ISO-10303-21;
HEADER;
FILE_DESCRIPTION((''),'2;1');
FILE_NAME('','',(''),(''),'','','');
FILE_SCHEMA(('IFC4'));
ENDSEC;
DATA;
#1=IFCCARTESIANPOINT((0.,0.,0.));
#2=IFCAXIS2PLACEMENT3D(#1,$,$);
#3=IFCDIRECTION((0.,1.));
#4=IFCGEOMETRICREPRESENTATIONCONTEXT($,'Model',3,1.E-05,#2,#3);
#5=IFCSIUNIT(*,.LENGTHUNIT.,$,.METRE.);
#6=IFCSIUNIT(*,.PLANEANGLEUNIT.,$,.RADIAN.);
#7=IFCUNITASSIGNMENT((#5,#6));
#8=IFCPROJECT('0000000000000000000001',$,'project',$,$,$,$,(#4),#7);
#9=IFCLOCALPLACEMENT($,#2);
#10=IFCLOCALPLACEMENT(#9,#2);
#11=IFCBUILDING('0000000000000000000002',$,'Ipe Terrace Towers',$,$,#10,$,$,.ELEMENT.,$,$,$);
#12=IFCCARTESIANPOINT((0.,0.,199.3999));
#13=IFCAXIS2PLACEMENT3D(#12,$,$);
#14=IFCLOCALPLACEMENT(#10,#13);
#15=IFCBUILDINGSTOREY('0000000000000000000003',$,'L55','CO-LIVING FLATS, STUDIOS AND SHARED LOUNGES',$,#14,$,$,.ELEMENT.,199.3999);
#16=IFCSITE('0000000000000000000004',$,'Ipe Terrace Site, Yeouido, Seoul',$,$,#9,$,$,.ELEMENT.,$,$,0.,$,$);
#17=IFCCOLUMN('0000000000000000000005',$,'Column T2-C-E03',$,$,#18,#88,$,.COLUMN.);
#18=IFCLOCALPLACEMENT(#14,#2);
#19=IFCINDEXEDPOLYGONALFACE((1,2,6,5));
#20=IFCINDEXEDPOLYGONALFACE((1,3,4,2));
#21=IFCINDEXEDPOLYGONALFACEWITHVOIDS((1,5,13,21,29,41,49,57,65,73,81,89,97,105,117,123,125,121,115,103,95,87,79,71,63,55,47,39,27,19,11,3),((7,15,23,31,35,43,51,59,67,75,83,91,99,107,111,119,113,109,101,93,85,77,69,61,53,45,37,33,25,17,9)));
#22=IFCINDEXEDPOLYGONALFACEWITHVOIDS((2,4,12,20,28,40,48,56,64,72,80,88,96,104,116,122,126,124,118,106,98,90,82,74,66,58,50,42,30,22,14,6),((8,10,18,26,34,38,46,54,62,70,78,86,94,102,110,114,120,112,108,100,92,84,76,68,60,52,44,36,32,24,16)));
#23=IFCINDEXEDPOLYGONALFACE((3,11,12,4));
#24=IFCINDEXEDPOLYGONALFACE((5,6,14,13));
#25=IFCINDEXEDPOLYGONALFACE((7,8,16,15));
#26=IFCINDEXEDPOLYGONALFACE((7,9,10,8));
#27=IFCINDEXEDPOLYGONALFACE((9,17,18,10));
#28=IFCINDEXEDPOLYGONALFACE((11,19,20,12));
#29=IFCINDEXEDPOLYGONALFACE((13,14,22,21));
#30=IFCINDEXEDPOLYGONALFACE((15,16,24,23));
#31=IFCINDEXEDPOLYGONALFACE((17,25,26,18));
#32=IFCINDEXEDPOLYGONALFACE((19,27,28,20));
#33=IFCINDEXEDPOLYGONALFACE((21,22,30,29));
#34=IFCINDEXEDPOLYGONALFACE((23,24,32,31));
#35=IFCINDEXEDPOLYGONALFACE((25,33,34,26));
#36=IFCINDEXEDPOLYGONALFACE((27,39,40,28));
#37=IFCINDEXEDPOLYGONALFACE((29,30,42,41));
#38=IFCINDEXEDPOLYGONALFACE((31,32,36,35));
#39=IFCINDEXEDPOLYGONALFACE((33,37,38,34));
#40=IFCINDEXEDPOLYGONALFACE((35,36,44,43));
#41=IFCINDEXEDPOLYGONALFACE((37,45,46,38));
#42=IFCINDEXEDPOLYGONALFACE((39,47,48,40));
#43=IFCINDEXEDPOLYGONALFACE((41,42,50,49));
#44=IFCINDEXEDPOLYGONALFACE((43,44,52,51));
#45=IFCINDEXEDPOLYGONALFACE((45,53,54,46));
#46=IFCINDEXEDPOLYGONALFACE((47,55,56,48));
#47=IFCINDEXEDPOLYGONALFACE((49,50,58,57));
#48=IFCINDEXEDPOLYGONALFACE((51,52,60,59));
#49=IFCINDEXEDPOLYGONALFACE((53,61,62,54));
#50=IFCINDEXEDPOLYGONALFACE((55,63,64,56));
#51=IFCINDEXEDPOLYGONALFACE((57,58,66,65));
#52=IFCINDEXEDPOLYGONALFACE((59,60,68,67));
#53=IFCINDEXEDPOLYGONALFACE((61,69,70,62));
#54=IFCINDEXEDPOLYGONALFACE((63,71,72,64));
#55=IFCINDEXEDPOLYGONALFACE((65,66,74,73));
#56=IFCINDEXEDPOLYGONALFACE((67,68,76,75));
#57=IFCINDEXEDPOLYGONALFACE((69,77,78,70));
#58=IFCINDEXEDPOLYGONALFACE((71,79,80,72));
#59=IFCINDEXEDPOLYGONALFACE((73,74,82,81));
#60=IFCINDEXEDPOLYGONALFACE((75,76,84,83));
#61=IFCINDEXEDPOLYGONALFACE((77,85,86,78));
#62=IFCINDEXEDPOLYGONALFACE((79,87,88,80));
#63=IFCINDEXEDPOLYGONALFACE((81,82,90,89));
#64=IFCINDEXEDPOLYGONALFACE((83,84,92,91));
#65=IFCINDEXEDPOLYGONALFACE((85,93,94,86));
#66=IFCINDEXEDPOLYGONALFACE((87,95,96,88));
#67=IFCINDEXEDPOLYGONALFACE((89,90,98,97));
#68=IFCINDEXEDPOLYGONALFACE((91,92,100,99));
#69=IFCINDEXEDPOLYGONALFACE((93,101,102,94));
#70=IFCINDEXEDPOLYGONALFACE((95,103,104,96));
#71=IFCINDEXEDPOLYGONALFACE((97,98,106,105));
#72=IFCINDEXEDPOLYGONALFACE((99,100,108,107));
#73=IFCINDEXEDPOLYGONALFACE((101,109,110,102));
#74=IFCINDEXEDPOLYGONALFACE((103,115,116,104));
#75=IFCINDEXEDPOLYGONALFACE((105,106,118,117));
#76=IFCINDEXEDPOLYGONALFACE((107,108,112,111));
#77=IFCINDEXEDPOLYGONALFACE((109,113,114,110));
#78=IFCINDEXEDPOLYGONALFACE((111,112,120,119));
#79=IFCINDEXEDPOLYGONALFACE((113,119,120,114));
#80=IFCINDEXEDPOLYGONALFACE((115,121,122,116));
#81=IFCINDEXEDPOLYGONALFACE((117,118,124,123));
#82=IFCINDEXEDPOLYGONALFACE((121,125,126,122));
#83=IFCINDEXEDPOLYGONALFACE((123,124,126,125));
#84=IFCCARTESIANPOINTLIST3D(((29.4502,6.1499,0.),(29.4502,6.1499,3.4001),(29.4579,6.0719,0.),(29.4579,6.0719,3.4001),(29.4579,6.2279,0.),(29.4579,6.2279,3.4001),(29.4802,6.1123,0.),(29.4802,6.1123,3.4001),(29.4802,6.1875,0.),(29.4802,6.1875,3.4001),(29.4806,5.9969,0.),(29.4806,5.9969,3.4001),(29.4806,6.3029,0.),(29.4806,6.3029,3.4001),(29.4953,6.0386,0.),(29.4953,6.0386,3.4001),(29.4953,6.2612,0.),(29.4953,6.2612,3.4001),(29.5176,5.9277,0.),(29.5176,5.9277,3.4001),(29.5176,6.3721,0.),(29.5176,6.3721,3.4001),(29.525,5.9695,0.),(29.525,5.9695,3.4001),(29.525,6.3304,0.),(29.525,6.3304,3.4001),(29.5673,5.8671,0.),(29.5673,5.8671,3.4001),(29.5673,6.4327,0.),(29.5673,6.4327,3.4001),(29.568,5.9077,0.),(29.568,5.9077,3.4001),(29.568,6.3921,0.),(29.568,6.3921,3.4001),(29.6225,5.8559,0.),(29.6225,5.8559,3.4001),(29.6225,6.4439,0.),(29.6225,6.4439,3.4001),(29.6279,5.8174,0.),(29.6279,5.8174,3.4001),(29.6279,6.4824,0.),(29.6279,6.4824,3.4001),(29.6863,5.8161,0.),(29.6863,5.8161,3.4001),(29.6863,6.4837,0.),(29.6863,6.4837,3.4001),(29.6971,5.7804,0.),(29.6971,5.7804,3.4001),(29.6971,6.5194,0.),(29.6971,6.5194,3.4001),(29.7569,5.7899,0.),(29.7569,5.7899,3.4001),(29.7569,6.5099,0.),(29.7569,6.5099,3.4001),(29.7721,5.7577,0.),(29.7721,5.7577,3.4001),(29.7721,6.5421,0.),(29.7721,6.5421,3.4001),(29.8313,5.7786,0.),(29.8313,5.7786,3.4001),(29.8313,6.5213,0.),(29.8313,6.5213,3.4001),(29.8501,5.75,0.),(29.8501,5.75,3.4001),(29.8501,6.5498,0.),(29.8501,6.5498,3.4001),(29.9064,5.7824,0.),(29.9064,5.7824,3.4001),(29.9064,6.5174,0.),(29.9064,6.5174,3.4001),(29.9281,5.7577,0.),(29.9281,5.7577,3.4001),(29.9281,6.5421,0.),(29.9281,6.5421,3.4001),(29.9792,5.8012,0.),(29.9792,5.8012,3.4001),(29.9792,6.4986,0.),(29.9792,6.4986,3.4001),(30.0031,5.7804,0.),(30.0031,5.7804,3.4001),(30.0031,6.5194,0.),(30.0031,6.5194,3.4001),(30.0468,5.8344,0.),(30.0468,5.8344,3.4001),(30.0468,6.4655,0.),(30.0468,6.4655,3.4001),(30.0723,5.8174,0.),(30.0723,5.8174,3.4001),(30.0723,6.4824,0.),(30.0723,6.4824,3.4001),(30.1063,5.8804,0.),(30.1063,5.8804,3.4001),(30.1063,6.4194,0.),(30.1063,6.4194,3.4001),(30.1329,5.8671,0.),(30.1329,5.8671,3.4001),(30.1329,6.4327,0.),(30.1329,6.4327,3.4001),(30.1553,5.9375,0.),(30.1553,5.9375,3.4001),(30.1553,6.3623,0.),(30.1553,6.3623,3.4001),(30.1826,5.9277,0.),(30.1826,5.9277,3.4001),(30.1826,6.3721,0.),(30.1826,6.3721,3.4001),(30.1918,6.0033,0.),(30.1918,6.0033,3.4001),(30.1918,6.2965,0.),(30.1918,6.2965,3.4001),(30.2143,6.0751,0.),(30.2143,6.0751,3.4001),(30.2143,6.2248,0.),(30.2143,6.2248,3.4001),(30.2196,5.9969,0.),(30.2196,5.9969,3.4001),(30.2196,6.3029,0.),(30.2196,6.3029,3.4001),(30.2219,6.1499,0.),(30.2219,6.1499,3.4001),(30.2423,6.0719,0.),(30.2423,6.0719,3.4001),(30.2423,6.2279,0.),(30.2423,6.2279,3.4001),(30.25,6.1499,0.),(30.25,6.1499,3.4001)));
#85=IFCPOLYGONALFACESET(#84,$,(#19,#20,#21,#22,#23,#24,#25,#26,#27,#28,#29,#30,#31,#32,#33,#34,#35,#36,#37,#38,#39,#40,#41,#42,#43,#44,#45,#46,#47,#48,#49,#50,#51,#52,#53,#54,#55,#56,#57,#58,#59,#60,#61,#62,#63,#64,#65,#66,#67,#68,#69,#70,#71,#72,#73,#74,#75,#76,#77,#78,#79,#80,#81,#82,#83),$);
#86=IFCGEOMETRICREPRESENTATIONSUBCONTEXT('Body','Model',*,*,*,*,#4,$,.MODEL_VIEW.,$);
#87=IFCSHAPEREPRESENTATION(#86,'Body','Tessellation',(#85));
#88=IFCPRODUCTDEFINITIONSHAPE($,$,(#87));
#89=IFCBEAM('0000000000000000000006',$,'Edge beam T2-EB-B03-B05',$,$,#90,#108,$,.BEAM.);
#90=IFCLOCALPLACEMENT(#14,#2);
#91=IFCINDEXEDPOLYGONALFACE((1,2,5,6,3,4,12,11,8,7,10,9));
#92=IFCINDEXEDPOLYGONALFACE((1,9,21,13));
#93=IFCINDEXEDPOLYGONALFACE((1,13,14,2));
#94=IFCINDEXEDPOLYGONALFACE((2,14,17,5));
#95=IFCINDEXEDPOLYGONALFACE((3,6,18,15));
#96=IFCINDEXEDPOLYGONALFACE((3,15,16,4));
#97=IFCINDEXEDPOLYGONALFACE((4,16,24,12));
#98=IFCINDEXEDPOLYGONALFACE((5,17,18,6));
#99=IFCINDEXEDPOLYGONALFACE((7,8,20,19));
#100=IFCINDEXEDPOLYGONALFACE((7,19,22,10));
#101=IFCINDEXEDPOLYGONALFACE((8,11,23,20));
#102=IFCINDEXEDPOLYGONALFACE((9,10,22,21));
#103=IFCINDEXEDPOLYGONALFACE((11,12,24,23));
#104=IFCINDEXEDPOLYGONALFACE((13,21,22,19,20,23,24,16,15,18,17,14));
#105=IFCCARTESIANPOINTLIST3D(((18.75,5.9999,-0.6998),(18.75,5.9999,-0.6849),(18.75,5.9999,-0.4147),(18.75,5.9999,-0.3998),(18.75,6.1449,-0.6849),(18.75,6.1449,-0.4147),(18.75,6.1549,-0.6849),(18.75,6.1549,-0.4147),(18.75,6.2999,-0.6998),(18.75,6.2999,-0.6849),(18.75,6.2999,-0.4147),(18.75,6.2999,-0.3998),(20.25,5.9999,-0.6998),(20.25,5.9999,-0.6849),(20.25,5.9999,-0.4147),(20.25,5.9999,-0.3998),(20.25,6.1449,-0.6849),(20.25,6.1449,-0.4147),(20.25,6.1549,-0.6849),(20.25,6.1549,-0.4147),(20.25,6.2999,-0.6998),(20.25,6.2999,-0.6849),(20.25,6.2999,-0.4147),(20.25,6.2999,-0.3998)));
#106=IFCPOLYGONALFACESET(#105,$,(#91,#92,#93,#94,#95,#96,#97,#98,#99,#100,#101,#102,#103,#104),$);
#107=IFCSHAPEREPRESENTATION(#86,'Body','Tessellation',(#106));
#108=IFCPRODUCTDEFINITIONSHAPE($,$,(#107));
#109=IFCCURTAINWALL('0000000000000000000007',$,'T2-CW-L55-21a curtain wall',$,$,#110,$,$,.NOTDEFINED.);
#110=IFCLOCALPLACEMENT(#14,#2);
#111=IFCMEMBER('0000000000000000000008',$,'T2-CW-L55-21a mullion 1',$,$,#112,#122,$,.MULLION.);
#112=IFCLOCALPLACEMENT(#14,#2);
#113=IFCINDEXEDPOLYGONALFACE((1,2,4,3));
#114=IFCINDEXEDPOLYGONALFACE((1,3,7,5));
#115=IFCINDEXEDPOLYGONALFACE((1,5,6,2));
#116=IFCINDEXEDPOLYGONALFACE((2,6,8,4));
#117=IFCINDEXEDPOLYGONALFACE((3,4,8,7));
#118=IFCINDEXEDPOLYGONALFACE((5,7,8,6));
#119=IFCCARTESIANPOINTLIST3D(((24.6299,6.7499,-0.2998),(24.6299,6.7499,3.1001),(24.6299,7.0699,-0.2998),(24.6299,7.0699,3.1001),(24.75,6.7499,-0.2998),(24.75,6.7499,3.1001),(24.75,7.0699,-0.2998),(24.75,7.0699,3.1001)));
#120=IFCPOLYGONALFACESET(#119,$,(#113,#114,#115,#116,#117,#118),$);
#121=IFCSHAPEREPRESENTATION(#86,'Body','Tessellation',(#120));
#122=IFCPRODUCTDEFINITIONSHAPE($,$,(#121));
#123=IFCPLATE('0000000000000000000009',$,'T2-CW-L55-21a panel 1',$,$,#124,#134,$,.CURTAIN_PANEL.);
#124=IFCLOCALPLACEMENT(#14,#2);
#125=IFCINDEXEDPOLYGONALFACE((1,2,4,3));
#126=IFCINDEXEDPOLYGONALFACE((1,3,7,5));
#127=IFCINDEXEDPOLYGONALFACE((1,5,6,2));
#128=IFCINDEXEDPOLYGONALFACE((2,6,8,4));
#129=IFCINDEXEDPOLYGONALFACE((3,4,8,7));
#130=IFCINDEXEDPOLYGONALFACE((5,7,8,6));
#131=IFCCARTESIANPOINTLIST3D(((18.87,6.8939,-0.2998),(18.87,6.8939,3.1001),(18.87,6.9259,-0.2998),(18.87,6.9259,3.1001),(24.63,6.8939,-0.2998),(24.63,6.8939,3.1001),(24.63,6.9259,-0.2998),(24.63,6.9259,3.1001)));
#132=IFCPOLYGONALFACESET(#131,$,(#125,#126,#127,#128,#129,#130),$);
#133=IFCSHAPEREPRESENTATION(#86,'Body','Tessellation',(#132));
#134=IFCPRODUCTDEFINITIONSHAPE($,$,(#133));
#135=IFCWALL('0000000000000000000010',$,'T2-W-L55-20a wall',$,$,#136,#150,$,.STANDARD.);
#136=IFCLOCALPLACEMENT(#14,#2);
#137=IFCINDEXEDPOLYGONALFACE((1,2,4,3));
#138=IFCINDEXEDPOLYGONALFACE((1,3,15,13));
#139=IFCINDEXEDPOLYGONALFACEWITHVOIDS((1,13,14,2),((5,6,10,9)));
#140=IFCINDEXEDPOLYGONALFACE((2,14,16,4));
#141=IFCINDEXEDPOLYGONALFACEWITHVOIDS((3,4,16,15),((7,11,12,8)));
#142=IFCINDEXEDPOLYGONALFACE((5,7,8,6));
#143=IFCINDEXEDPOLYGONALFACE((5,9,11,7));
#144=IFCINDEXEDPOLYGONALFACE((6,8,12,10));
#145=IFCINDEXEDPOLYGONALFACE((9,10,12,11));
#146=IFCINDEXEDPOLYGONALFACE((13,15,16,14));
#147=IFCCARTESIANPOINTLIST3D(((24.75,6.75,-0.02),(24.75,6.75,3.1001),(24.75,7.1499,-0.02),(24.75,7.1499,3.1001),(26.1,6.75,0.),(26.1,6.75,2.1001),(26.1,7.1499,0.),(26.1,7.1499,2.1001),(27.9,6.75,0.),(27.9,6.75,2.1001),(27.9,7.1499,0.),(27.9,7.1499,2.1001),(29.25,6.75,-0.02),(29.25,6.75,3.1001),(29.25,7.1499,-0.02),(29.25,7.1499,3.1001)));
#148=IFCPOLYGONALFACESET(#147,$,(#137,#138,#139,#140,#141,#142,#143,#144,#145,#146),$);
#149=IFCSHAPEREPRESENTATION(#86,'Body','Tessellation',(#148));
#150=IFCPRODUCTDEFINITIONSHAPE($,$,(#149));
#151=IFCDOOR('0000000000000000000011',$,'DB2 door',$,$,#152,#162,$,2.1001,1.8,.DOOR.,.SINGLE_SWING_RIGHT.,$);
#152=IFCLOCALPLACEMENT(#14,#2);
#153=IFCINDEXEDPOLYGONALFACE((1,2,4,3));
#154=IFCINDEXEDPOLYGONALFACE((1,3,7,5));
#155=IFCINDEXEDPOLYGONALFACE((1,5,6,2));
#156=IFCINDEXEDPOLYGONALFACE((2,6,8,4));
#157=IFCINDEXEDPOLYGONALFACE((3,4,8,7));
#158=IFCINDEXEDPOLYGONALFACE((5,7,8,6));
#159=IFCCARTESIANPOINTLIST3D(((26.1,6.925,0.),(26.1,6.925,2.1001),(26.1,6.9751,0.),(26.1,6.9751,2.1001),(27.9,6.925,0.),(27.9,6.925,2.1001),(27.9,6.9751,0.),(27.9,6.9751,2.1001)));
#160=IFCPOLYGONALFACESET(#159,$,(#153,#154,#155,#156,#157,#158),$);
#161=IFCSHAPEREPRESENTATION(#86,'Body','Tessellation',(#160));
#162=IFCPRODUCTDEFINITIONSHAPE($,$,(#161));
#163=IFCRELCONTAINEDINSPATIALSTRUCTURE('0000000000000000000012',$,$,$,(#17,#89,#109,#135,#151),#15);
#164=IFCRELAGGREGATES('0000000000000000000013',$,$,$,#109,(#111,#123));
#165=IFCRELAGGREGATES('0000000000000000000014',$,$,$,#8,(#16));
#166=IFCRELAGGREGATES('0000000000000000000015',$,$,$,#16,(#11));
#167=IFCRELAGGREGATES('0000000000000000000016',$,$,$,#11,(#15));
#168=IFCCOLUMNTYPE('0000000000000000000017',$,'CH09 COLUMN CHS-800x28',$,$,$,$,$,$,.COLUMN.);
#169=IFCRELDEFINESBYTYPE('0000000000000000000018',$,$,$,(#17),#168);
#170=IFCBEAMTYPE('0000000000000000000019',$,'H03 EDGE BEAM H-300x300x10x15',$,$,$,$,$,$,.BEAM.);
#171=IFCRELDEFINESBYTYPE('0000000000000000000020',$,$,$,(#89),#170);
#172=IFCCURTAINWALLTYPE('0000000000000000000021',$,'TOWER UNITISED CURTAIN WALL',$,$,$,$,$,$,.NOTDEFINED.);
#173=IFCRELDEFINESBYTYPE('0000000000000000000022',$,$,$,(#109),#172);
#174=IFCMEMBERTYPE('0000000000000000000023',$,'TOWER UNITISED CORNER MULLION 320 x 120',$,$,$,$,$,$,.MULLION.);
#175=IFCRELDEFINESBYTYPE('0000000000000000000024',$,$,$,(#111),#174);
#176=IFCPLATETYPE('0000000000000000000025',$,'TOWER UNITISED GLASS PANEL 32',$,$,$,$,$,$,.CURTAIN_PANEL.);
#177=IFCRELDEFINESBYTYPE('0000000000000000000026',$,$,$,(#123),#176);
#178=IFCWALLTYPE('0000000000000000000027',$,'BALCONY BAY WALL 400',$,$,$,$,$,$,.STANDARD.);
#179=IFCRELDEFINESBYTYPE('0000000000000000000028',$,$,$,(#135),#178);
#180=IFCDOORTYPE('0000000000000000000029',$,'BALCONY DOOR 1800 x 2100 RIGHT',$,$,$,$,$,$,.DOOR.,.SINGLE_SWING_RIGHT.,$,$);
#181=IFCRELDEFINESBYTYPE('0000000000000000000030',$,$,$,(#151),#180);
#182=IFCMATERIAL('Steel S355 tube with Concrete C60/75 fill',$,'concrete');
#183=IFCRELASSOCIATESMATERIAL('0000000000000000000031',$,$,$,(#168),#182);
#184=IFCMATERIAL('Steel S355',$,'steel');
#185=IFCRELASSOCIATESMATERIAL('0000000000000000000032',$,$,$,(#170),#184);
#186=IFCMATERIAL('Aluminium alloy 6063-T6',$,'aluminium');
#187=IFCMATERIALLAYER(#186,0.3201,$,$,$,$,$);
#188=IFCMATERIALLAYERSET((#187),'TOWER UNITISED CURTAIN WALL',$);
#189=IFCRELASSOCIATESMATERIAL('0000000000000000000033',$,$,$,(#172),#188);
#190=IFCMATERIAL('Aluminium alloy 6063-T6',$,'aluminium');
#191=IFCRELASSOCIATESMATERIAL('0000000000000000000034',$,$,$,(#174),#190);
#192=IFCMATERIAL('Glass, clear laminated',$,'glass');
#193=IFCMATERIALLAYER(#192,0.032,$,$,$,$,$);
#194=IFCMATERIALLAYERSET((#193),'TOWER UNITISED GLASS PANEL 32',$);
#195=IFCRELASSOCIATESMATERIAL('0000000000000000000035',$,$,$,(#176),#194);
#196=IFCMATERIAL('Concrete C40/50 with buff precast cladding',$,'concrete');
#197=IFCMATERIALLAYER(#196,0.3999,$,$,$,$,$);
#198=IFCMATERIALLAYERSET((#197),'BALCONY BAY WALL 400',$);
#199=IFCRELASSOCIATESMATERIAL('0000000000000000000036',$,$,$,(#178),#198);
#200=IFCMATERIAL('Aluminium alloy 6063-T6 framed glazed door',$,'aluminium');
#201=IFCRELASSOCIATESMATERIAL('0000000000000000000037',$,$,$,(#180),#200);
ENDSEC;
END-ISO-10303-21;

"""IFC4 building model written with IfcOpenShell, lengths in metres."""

from ifc_helpers import new_model, si_unit, direction, frame, frame_2d, origin, origin_2d, place, context, subcontext, project, spatial, rectangle, hollow_circle, i_section, extrude, material, layer, layer_set, material_profile, profile_set, type_object, element, fill, aggregate, save


model = new_model("IFC4")

# Units and contexts
model_context = context("Model", 3, precision=1e-05, world=origin(), true_north=direction((0.0, 1.0)))
body_context = subcontext(model_context, "Body", "Model", "MODEL_VIEW")
ifc_project = project(units=[si_unit("LENGTHUNIT", "METRE"), si_unit("PLANEANGLEUNIT", "RADIAN")], contexts=[model_context])

# Site, building, storey
site_placement = place(None, origin())
site = spatial("IfcSite", under=ifc_project, at=site_placement, Name="Ipe Terrace Site, Yeouido, Seoul", CompositionType="ELEMENT", RefElevation=0.0)
building_placement = place(site_placement, origin())
building = spatial("IfcBuilding", under=site, at=building_placement, Name="Ipe Terrace Towers", CompositionType="ELEMENT")
storey_placement = place(building_placement, frame((0.0, 0.0, 199.3999)))
storey = spatial("IfcBuildingStorey", under=building, at=storey_placement, Name="L55", Description="CO-LIVING FLATS, STUDIOS AND SHARED LOUNGES", CompositionType="ELEMENT", Elevation=199.3999)

# Column
ifc_material_1 = material(Name="Steel S355 tube with Concrete C60/75 fill", Category="concrete")
ifc_material_profile_1 = material_profile(ifc_material_1, hollow_circle(Radius=0.3999, WallThickness=0.0281, at=origin_2d()), Name="CHS-800x28")
ifc_profile_set_1 = profile_set([ifc_material_profile_1], Name="Steel S355 tube with Concrete C60/75 fill")
column_type = type_object("IfcColumnType", Name="CH09 COLUMN CHS-800x28", PredefinedType="COLUMN", material=ifc_profile_set_1)
column_placement = place(storey_placement, frame((29.8501, 6.1499, 0.0), z_axis=(0.0, 0.0, 1.0), x_axis=(1.0, 0.0, 0.0)))
element("IfcColumn", 1, at=column_placement, inside=storey, type_object=column_type, Name="Column T2-C-E03", PredefinedType="COLUMN", context=body_context, shape_type="SweptSolid", body=[
    extrude(hollow_circle(Radius=0.3999, WallThickness=0.0281, at=origin_2d()), origin(), (0.0, 0.0, 1.0), 3.4001),
])

# Beam
ifc_material_2 = material(Name="Steel S355", Category="steel")
ifc_material_profile_2 = material_profile(ifc_material_2, i_section(OverallWidth=0.3, OverallDepth=0.3, WebThickness=0.01, FlangeThickness=0.0149, at=origin_2d()), Name="H-300x300x10x15")
ifc_profile_set_2 = profile_set([ifc_material_profile_2], Name="Steel S355")
beam_type = type_object("IfcBeamType", Name="H03 EDGE BEAM H-300x300x10x15", PredefinedType="BEAM", material=ifc_profile_set_2)
beam_placement = place(storey_placement, frame((20.25, 6.1499, -0.5498), z_axis=(-1.0, 0.0, 0.0), x_axis=(0.0, -1.0, 0.0)))
element("IfcBeam", 2, at=beam_placement, inside=storey, type_object=beam_type, Name="Edge beam T2-EB-B03-B05", PredefinedType="BEAM", context=body_context, shape_type="SweptSolid", body=[
    extrude(i_section(OverallWidth=0.3, OverallDepth=0.3, WebThickness=0.01, FlangeThickness=0.0149, at=origin_2d()), origin(), (0.0, 0.0, 1.0), 1.5),
])

# Curtain wall, member, plate
ifc_material_3 = material(Name="Aluminium alloy 6063-T6", Category="aluminium")
ifc_layer_1 = layer(ifc_material_3, 0.3201)
ifc_layer_set_1 = layer_set([ifc_layer_1], Name="TOWER UNITISED CURTAIN WALL")
curtain_wall_type = type_object("IfcCurtainWallType", Name="TOWER UNITISED CURTAIN WALL", PredefinedType="NOTDEFINED", material=ifc_layer_set_1)
curtain_wall_placement = place(storey_placement, origin())
curtain_wall = element("IfcCurtainWall", 3, at=curtain_wall_placement, inside=storey, type_object=curtain_wall_type, Name="T2-CW-L55-21a curtain wall", PredefinedType="NOTDEFINED")
ifc_material_4 = material(Name="Aluminium alloy 6063-T6", Category="aluminium")
ifc_material_profile_3 = material_profile(ifc_material_4, rectangle(XDim=0.3201, YDim=0.1201, at=origin_2d()), Name="TOWER UNITISED CORNER MULLION 320 x 120")
ifc_profile_set_3 = profile_set([ifc_material_profile_3], Name="Aluminium alloy 6063-T6")
member_type = type_object("IfcMemberType", Name="TOWER UNITISED CORNER MULLION 320 x 120", PredefinedType="MULLION", material=ifc_profile_set_3)
member_placement = place(storey_placement, frame((24.6899, 6.9099, -0.2998), z_axis=(0.0, 0.0, 1.0), x_axis=(0.0, 1.0, 0.0)))
member = element("IfcMember", 4, at=member_placement, type_object=member_type, Name="T2-CW-L55-21a mullion 1", PredefinedType="MULLION", context=body_context, shape_type="SweptSolid", body=[
    extrude(rectangle(XDim=0.3201, YDim=0.1201, at=origin_2d()), origin(), (0.0, 0.0, 1.0), 3.3999),
])
ifc_material_5 = material(Name="Glass, clear laminated", Category="glass")
ifc_layer_2 = layer(ifc_material_5, 0.032)
ifc_layer_set_2 = layer_set([ifc_layer_2], Name="TOWER UNITISED GLASS PANEL 32")
plate_type = type_object("IfcPlateType", Name="TOWER UNITISED GLASS PANEL 32", PredefinedType="CURTAIN_PANEL", material=ifc_layer_set_2)
plate_placement = place(storey_placement, frame((21.75, 6.9099, -0.2998), z_axis=(0.0, 0.0, 1.0), x_axis=(-1.0, 0.0, 0.0)))
plate = element("IfcPlate", 5, at=plate_placement, type_object=plate_type, Name="T2-CW-L55-21a panel 1", PredefinedType="CURTAIN_PANEL", context=body_context, shape_type="SweptSolid", body=[
    extrude(rectangle(XDim=5.76, YDim=0.032, at=origin_2d()), origin(), (0.0, 0.0, 1.0), 3.3999),
])
aggregate(curtain_wall, [member, plate])

# Wall, opening, door
ifc_material_6 = material(Name="Concrete C40/50 with buff precast cladding", Category="concrete")
ifc_layer_3 = layer(ifc_material_6, 0.3999)
ifc_layer_set_3 = layer_set([ifc_layer_3], Name="BALCONY BAY WALL 400")
wall_type_1 = type_object("IfcWallType", Name="BALCONY BAY WALL 400", PredefinedType="STANDARD", material=ifc_layer_set_3)
wall_1_placement = place(storey_placement, frame((29.25, 6.95, -0.02), z_axis=(0.0, 0.0, 1.0), x_axis=(-1.0, 0.0, 0.0)))
wall_1 = element("IfcWall", 6, at=wall_1_placement, inside=storey, type_object=wall_type_1, Name="T2-W-L55-20a wall", PredefinedType="STANDARD", context=body_context, shape_type="SweptSolid", body=[
    extrude(rectangle(XDim=4.5, YDim=0.3999, at=frame_2d((2.25, 0.0))), origin(), (0.0, 0.0, 1.0), 3.1201),
])
opening_1_placement = place(wall_1_placement, frame((1.3501, 0.0, 0.02)))
opening_1 = element("IfcOpeningElement", 7, at=opening_1_placement, cuts=wall_1, PredefinedType="OPENING", context=body_context, shape_type="SweptSolid", body=[
    extrude(rectangle(XDim=1.8, YDim=2.1001, at=frame_2d((0.8999, 1.05))), frame((0.0, 0.21, 0.0), z_axis=(0.0, -1.0, 0.0), x_axis=(1.0, 0.0, 0.0)), (0.0, 0.0, 1.0), 0.4199),
])
ifc_material_7 = material(Name="Aluminium alloy 6063-T6 framed glazed door", Category="aluminium")
door_type_1 = type_object("IfcDoorType", Name="BALCONY DOOR 1800 x 2100 RIGHT", OperationType="SINGLE_SWING_RIGHT", PredefinedType="DOOR", material=ifc_material_7)
door_1_placement = place(opening_1_placement, origin())
door_1 = element("IfcDoor", 8, at=door_1_placement, inside=storey, type_object=door_type_1, Name="DB2 door", OperationType="SINGLE_SWING_RIGHT", OverallHeight=2.1001, OverallWidth=1.8, PredefinedType="DOOR", context=body_context, shape_type="SweptSolid", body=[
    extrude(rectangle(XDim=1.8, YDim=2.1001, at=frame_2d((0.8999, 1.05))), frame((0.0, 0.0249, 0.0), z_axis=(0.0, -1.0, 0.0), x_axis=(1.0, 0.0, 0.0)), (0.0, 0.0, 1.0), 0.05),
])
fill(opening_1, door_1)

save(model, "model.ifc")
